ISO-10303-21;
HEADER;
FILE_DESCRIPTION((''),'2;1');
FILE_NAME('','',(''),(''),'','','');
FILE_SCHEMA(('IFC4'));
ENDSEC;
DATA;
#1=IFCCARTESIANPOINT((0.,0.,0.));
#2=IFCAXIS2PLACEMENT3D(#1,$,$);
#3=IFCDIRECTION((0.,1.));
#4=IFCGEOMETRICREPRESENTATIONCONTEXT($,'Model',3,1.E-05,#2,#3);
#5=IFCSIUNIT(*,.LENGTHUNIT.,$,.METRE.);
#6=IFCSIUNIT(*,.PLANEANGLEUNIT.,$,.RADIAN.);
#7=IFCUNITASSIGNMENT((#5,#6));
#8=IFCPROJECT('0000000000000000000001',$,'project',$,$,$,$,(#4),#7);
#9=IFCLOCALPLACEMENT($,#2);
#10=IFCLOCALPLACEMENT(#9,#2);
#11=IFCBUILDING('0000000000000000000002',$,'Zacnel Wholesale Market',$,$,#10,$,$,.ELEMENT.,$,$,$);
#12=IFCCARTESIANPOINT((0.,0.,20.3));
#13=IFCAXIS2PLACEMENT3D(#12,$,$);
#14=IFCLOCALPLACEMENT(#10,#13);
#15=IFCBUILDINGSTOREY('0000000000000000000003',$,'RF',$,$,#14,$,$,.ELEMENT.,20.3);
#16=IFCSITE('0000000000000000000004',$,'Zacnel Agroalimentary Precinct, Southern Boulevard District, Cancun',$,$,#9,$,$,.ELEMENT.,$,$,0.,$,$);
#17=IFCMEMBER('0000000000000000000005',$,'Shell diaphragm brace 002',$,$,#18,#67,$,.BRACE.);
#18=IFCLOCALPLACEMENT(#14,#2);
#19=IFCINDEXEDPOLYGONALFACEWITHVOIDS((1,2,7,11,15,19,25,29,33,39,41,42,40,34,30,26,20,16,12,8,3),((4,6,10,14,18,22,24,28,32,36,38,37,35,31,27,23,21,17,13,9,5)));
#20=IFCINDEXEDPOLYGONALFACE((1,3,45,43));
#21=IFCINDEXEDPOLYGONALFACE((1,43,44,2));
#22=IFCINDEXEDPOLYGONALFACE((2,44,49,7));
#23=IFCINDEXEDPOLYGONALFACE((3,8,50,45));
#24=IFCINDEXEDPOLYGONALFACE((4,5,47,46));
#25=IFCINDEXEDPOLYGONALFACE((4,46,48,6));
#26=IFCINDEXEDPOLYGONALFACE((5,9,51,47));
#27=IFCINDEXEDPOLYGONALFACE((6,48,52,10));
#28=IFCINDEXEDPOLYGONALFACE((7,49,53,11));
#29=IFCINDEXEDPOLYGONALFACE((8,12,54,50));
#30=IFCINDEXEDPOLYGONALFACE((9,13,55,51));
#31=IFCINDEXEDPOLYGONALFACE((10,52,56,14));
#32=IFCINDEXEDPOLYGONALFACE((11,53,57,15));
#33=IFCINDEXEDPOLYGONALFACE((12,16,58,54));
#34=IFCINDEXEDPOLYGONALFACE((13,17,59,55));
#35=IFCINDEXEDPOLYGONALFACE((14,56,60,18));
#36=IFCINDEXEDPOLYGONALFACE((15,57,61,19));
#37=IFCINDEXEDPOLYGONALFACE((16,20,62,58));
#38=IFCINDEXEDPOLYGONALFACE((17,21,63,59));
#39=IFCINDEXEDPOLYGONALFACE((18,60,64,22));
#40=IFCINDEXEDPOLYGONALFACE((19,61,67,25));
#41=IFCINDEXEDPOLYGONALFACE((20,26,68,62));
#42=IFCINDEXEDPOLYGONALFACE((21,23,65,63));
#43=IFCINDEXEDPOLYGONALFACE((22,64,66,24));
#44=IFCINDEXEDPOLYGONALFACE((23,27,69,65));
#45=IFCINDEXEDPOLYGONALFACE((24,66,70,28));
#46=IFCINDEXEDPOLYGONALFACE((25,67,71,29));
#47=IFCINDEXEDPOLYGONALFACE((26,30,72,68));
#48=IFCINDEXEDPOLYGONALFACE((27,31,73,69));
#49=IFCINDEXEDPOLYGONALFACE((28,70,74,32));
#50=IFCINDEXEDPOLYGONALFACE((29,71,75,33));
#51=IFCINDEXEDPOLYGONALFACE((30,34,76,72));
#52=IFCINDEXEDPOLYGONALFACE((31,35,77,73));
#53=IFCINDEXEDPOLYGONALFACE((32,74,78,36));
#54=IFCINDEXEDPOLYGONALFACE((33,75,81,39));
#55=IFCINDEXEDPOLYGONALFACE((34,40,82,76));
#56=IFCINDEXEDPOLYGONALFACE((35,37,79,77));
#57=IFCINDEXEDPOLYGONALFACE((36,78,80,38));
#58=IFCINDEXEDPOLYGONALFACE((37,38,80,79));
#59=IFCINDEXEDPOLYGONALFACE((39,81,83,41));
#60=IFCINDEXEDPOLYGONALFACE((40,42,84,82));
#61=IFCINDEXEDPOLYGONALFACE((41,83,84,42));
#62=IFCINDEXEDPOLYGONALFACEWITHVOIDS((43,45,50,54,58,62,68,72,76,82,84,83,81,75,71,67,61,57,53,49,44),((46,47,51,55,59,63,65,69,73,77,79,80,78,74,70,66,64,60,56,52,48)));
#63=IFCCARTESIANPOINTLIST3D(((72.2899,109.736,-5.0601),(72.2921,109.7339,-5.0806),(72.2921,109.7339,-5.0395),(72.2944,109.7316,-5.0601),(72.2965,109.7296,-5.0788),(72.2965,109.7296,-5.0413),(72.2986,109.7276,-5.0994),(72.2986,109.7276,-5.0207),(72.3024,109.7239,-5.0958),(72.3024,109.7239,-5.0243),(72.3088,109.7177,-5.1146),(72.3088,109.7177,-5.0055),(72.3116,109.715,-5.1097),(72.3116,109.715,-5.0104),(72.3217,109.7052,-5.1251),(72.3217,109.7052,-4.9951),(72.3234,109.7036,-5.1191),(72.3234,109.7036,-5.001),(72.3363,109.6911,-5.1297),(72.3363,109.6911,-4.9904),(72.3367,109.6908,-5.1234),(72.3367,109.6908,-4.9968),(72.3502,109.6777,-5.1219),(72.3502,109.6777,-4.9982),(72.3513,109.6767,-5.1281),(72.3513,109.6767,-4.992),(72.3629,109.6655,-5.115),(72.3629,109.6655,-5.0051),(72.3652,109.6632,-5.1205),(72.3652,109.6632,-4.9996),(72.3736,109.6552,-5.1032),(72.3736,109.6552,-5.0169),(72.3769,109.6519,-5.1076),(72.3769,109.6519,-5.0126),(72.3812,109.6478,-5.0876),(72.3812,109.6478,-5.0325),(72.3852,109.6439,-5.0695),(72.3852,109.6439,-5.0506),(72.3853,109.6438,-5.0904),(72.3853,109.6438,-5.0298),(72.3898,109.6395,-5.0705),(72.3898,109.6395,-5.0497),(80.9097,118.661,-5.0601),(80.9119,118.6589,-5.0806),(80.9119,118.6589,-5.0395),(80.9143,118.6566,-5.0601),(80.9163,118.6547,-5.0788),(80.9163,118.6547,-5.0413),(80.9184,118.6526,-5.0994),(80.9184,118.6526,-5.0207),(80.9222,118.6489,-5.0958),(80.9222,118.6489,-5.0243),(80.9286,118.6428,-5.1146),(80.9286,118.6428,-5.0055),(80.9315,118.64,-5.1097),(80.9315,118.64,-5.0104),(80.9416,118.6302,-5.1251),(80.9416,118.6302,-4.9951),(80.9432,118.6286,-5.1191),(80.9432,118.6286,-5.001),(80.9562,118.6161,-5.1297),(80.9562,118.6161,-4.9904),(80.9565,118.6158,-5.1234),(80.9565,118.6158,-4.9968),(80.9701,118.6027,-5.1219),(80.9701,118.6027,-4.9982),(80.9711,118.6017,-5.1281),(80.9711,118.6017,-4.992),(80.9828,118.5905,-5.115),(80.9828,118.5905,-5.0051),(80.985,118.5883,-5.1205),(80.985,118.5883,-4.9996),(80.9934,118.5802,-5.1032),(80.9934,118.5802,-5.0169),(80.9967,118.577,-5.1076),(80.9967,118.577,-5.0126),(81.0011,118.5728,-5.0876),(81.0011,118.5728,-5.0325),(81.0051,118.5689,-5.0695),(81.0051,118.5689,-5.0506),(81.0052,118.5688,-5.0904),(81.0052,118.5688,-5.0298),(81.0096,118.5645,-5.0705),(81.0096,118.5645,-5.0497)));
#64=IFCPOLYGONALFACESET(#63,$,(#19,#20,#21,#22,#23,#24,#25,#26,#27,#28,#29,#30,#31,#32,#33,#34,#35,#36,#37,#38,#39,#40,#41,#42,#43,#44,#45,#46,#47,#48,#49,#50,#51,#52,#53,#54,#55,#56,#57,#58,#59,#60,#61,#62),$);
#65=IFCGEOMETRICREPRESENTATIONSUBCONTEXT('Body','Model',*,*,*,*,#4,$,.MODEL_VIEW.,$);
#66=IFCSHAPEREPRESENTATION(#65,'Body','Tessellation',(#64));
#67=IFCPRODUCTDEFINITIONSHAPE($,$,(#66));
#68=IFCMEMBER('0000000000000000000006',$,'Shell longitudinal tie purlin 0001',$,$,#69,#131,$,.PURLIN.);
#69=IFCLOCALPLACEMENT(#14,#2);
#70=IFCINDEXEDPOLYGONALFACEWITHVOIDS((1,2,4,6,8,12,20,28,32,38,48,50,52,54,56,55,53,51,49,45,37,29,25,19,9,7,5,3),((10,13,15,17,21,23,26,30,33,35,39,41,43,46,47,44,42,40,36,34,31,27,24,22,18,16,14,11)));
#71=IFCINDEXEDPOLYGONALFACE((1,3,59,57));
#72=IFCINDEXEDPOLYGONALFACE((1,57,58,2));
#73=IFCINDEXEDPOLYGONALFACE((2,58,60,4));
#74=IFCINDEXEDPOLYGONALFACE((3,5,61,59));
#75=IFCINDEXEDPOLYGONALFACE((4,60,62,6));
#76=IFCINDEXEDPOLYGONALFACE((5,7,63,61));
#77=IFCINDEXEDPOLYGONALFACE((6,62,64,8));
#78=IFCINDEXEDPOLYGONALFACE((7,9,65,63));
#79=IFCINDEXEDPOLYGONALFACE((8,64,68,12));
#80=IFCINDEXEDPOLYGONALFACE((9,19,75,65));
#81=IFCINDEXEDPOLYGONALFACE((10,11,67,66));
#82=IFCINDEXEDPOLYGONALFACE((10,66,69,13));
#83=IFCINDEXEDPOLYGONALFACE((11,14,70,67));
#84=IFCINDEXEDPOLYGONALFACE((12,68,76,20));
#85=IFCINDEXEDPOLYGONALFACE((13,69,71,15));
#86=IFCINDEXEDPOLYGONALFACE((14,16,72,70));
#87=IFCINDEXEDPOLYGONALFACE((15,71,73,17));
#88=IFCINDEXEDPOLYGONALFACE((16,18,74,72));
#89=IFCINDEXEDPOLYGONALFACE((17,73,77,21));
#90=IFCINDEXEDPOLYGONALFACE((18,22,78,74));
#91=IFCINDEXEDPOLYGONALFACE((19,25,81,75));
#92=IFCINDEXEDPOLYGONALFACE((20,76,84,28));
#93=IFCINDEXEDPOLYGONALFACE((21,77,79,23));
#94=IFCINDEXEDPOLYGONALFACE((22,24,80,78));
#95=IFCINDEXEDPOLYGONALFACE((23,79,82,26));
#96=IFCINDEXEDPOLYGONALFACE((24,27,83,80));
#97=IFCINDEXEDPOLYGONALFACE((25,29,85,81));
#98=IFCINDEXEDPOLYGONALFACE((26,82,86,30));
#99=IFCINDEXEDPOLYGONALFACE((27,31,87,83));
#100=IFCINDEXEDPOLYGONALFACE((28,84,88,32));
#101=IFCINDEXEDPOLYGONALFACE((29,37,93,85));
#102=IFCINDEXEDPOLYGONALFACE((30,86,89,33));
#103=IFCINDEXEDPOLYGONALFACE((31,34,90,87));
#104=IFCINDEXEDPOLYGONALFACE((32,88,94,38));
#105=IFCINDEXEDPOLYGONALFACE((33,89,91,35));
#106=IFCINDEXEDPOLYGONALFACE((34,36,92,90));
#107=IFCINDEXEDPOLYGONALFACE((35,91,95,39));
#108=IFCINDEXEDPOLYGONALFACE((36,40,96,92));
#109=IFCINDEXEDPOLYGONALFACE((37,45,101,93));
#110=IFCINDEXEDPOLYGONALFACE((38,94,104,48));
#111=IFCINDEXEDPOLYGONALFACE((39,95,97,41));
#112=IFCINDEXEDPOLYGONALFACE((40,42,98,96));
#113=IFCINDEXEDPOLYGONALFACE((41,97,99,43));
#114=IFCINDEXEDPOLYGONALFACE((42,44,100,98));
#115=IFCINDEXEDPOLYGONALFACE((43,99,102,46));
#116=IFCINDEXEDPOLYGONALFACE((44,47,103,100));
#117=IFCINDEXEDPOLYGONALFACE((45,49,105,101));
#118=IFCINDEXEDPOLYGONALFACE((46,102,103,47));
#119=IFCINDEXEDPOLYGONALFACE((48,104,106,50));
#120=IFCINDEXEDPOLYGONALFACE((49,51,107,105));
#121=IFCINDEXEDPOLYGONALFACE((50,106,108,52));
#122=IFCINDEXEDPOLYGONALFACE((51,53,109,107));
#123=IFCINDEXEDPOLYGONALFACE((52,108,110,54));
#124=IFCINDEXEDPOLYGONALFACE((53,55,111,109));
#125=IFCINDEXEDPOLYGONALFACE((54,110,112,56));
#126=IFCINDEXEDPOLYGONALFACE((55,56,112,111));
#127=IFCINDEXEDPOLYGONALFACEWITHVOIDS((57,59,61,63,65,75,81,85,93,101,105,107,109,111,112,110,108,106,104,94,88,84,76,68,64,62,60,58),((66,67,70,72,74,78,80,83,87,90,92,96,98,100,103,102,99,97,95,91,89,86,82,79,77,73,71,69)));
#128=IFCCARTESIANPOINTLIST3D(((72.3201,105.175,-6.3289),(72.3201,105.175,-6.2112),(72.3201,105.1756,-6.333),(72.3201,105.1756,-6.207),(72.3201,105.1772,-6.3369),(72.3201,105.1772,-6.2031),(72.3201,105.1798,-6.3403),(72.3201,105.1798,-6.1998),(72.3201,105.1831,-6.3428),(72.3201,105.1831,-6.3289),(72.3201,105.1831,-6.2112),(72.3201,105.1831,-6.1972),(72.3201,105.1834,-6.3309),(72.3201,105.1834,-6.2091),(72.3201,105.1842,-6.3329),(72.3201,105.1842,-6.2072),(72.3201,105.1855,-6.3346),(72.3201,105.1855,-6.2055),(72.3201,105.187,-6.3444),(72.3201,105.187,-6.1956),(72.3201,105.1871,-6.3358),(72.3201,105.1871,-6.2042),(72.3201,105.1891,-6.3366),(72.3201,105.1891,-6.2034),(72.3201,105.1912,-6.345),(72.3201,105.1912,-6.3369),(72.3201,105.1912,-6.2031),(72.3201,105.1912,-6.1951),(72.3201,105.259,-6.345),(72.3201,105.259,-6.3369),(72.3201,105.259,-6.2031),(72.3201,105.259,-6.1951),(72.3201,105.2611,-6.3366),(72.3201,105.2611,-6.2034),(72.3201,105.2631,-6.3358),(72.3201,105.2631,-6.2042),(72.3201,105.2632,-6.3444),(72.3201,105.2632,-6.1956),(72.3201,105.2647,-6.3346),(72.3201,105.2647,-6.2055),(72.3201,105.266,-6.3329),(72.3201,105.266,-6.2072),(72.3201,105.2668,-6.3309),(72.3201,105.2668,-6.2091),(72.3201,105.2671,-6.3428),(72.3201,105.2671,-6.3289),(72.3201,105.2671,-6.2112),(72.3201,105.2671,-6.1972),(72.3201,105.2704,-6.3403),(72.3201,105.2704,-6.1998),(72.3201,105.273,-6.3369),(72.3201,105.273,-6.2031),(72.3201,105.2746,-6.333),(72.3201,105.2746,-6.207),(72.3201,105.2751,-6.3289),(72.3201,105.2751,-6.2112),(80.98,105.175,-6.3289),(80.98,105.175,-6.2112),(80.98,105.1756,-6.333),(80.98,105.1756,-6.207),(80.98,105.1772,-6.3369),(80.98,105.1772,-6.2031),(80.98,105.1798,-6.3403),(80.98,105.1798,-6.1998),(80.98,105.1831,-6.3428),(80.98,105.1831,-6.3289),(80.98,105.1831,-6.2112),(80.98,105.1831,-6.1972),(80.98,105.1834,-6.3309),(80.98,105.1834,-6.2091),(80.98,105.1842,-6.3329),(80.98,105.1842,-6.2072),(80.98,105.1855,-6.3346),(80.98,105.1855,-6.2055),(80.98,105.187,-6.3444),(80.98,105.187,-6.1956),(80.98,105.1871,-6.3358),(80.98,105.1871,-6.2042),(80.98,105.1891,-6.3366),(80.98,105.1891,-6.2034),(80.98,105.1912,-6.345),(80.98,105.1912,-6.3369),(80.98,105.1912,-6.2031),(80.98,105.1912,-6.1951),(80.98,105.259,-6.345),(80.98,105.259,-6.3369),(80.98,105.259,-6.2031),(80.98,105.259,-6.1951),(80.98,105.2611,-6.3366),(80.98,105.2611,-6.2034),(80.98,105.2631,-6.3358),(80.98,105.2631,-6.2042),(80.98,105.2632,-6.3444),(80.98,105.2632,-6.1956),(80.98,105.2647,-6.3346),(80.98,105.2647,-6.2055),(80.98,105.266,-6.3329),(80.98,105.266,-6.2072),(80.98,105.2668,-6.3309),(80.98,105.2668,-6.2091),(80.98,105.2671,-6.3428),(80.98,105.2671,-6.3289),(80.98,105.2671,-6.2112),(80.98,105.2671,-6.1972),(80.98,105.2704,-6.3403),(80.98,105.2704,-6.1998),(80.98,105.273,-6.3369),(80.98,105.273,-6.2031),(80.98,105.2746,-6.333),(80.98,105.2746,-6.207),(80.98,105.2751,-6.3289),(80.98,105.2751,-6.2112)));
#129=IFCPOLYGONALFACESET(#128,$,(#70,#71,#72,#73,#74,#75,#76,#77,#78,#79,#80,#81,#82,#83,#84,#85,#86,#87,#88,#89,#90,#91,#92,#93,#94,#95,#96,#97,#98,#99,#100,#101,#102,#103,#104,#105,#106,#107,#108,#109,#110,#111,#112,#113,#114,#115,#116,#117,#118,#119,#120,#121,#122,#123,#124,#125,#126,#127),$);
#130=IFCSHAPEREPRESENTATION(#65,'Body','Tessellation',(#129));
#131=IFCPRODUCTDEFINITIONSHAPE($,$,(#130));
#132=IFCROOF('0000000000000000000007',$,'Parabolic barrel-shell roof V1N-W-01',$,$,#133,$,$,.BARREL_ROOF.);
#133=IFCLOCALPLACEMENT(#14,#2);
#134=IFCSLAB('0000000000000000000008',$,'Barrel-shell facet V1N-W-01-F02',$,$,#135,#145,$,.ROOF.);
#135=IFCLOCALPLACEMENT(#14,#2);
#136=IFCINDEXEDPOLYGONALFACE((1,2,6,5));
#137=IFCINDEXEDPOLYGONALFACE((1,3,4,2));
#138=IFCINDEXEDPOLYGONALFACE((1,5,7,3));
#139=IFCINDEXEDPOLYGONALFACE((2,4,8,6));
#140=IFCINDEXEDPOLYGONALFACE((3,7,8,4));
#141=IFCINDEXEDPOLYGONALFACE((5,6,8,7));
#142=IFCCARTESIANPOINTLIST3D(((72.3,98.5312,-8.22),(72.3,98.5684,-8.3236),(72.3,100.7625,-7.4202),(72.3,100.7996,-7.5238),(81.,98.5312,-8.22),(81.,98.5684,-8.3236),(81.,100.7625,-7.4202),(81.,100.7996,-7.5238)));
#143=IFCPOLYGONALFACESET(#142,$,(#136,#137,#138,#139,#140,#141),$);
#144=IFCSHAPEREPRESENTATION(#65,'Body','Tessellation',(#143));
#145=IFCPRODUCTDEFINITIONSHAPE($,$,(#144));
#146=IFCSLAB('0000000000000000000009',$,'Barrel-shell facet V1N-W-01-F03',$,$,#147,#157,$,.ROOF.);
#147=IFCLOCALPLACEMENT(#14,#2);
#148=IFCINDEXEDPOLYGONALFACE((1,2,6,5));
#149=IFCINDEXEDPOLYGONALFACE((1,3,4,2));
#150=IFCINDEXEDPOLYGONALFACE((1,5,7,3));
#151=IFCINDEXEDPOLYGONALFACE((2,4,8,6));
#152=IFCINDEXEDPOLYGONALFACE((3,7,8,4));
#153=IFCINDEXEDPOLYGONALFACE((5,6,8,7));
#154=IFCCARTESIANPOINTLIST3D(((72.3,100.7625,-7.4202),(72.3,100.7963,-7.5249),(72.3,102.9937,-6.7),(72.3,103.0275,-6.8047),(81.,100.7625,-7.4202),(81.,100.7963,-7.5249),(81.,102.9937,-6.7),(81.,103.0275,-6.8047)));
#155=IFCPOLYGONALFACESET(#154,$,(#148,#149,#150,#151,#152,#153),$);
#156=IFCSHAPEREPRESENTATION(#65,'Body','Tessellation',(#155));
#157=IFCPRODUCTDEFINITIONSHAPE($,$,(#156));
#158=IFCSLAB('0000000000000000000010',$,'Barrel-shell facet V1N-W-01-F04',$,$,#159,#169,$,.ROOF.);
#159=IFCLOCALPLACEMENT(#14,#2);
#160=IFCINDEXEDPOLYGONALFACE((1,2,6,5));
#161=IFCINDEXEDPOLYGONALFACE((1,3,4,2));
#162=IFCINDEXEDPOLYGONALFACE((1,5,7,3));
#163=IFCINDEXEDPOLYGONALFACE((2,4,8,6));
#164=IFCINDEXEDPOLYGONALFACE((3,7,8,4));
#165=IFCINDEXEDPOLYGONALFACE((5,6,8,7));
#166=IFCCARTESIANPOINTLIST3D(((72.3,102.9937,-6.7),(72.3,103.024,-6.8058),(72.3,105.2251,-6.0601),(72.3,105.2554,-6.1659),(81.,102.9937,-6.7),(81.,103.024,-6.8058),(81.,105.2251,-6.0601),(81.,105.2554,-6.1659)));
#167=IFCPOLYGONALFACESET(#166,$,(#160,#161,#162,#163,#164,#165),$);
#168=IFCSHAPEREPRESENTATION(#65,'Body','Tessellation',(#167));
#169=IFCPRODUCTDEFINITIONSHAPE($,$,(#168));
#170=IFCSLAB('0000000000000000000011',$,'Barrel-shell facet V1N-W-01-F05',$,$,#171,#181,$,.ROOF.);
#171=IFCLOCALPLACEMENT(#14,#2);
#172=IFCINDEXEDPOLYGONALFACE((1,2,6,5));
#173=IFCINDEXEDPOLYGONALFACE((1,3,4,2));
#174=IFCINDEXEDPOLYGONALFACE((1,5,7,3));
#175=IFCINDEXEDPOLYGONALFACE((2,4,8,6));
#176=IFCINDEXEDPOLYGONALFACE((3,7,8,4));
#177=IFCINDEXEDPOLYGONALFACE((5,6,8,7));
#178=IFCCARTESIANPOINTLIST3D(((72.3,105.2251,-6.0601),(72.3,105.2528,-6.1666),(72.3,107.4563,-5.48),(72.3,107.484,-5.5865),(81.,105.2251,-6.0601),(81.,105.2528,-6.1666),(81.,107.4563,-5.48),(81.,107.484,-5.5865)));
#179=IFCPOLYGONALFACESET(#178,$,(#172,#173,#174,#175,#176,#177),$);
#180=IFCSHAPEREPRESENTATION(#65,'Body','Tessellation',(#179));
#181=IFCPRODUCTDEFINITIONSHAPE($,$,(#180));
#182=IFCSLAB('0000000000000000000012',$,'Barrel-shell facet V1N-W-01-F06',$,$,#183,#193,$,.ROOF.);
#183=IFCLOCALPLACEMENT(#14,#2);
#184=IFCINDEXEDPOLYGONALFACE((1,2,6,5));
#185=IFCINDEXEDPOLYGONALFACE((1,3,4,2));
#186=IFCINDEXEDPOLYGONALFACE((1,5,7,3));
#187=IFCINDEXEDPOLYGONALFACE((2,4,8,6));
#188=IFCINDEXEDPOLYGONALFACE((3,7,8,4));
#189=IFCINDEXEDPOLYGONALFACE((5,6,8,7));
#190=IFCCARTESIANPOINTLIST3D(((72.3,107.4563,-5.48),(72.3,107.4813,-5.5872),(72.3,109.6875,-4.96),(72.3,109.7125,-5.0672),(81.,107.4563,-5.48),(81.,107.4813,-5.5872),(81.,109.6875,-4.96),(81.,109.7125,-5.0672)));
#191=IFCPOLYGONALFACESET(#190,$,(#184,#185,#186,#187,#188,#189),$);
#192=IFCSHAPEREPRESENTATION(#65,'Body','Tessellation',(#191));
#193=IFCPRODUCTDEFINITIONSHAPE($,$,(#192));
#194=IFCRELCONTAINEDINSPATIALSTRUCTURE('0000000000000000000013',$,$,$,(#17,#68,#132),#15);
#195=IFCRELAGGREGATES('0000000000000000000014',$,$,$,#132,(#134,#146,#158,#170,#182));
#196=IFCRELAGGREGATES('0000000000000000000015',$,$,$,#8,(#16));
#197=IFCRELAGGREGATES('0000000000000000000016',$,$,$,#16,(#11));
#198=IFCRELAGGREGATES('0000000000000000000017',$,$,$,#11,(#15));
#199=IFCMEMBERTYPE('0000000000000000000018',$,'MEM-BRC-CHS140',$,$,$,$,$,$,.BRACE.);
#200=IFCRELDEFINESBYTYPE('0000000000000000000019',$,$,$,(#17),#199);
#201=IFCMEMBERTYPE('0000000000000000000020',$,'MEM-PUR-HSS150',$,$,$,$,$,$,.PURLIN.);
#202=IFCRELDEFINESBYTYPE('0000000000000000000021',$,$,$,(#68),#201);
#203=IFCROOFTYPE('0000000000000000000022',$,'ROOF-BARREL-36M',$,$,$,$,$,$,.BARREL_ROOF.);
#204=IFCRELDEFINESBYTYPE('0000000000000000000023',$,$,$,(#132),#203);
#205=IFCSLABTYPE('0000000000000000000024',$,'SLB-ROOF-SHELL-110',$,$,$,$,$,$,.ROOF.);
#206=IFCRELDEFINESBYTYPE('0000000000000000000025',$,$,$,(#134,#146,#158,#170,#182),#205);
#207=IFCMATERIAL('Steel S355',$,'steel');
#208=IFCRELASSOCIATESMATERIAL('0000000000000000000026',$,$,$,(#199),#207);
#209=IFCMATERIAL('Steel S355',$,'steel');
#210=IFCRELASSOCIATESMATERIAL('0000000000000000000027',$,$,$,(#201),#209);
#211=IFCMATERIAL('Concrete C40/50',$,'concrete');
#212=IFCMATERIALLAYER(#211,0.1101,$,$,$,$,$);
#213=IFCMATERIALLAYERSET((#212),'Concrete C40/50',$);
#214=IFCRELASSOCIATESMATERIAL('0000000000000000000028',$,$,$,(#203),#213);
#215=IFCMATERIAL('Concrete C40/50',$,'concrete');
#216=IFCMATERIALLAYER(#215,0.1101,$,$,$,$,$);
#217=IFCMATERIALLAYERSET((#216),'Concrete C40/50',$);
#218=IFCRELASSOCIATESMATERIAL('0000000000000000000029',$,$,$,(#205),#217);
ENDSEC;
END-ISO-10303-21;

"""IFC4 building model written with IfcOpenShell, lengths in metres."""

from ifc_helpers import new_model, si_unit, direction, frame, origin, origin_2d, place, context, subcontext, project, spatial, polyline, hollow_rectangle, hollow_circle, outline, extrude, material, layer, layer_set, material_profile, profile_set, type_object, element, aggregate, save


model = new_model("IFC4")

# Units and contexts
model_context = context("Model", 3, precision=1e-05, world=origin(), true_north=direction((0.0, 1.0)))
body_context = subcontext(model_context, "Body", "Model", "MODEL_VIEW")
ifc_project = project(units=[si_unit("LENGTHUNIT", "METRE"), si_unit("PLANEANGLEUNIT", "RADIAN")], contexts=[model_context])

# Site, building, storey
site_placement = place(None, origin())
site = spatial("IfcSite", under=ifc_project, at=site_placement, Name="Zacnel Agroalimentary Precinct, Southern Boulevard District, Cancun", CompositionType="ELEMENT", RefElevation=0.0)
building_placement = place(site_placement, origin())
building = spatial("IfcBuilding", under=site, at=building_placement, Name="Zacnel Wholesale Market", CompositionType="ELEMENT")
storey_placement = place(building_placement, frame((0.0, 0.0, 20.3)))
storey = spatial("IfcBuildingStorey", under=building, at=storey_placement, Name="RF", CompositionType="ELEMENT", Elevation=20.3)

# Members
ifc_material_1 = material(Name="Steel S355", Category="steel")
ifc_material_profile_1 = material_profile(ifc_material_1, hollow_circle(Radius=0.0698, WallThickness=0.0063, at=origin_2d()), Name="CHS 139.7x6.3")
ifc_profile_set_1 = profile_set([ifc_material_profile_1], Name="Steel S355")
member_type_1 = type_object("IfcMemberType", Name="MEM-BRC-CHS140", PredefinedType="BRACE", material=ifc_profile_set_1)
member_1_placement = place(storey_placement, frame((72.3401, 109.6875, -5.0601), z_axis=(0.694702, 0.719297, 0.0), x_axis=(-0.719297, 0.694702, 0.0)))
element("IfcMember", 1, at=member_1_placement, inside=storey, type_object=member_type_1, Name="Shell diaphragm brace 002", PredefinedType="BRACE", context=body_context, shape_type="SweptSolid", body=[
    extrude(hollow_circle(Radius=0.0698, WallThickness=0.0063, at=origin_2d()), origin(), (0.0, 0.0, 1.0), 12.408),
])
ifc_material_2 = material(Name="Steel S355", Category="steel")
ifc_material_profile_2 = material_profile(ifc_material_2, hollow_rectangle(XDim=0.1001, YDim=0.1499, WallThickness=0.0081, InnerFilletRadius=0.0081, OuterFilletRadius=0.0161, at=origin_2d()), Name="HSS 150x100x8")
ifc_profile_set_2 = profile_set([ifc_material_profile_2], Name="Steel S355")
member_type_2 = type_object("IfcMemberType", Name="MEM-PUR-HSS150", PredefinedType="PURLIN", material=ifc_profile_set_2)
member_2_placement = place(storey_placement, frame((72.3201, 105.2251, -6.27), z_axis=(1.0, 0.0, 0.0), x_axis=(0.0, 1.0, 0.0)))
element("IfcMember", 2, at=member_2_placement, inside=storey, type_object=member_type_2, Name="Shell longitudinal tie purlin 0001", PredefinedType="PURLIN", context=body_context, shape_type="SweptSolid", body=[
    extrude(hollow_rectangle(XDim=0.1001, YDim=0.1499, WallThickness=0.0081, InnerFilletRadius=0.0081, OuterFilletRadius=0.0161, at=origin_2d()), origin(), (0.0, 0.0, 1.0), 8.6599),
])

# Roof, slabs
ifc_material_3 = material(Name="Concrete C40/50", Category="concrete")
ifc_layer_1 = layer(ifc_material_3, 0.1101)
ifc_layer_set_1 = layer_set([ifc_layer_1], Name="Concrete C40/50")
roof_type = type_object("IfcRoofType", Name="ROOF-BARREL-36M", PredefinedType="BARREL_ROOF", material=ifc_layer_set_1)
roof_1_placement = place(storey_placement, origin())
roof_1 = element("IfcRoof", 3, at=roof_1_placement, inside=storey, type_object=roof_type, Name="Parabolic barrel-shell roof V1N-W-01", PredefinedType="BARREL_ROOF")
ifc_material_4 = material(Name="Concrete C40/50", Category="concrete")
ifc_layer_2 = layer(ifc_material_4, 0.1101)
ifc_layer_set_2 = layer_set([ifc_layer_2], Name="Concrete C40/50")
slab_type = type_object("IfcSlabType", Name="SLB-ROOF-SHELL-110", PredefinedType="ROOF", material=ifc_layer_set_2)
slab_1_placement = place(storey_placement, frame((72.3, 98.5312, -8.22), z_axis=(0.0, -0.337439, 0.941347), x_axis=(1.0, 0.0, 0.0)))
slab_1 = element("IfcSlab", 4, at=slab_1_placement, type_object=slab_type, Name="Barrel-shell facet V1N-W-01-F02", PredefinedType="ROOF", context=body_context, shape_type="SweptSolid", body=[
    extrude(outline(polyline([(0.0, 0.0), (8.7, 0.0), (8.7, 2.3702), (0.0, 2.3702), (0.0, 0.0)])), origin(), (0.0, 0.0, -1.0), 0.1101),
])
slab_2_placement = place(storey_placement, frame((72.3, 100.7625, -7.4202), z_axis=(0.0, -0.307185, 0.95165), x_axis=(1.0, 0.0, 0.0)))
slab_2 = element("IfcSlab", 5, at=slab_2_placement, type_object=slab_type, Name="Barrel-shell facet V1N-W-01-F03", PredefinedType="ROOF", context=body_context, shape_type="SweptSolid", body=[
    extrude(outline(polyline([(0.0, 0.0), (8.7, 0.0), (8.7, 2.3446), (0.0, 2.3446), (0.0, 0.0)])), origin(), (0.0, 0.0, -1.0), 0.1101),
])
slab_3_placement = place(storey_placement, frame((72.3, 102.9937, -6.7), z_axis=(0.0, -0.275652, 0.961258), x_axis=(1.0, 0.0, 0.0)))
slab_3 = element("IfcSlab", 6, at=slab_3_placement, type_object=slab_type, Name="Barrel-shell facet V1N-W-01-F04", PredefinedType="ROOF", context=body_context, shape_type="SweptSolid", body=[
    extrude(outline(polyline([(0.0, 0.0), (8.7, 0.0), (8.7, 2.3214), (0.0, 2.3214), (0.0, 0.0)])), origin(), (0.0, 0.0, -1.0), 0.1101),
])
slab_4_placement = place(storey_placement, frame((72.3, 105.2251, -6.0601), z_axis=(0.0, -0.25162, 0.967826), x_axis=(1.0, 0.0, 0.0)))
slab_4 = element("IfcSlab", 7, at=slab_4_placement, type_object=slab_type, Name="Barrel-shell facet V1N-W-01-F05", PredefinedType="ROOF", context=body_context, shape_type="SweptSolid", body=[
    extrude(outline(polyline([(0.0, 0.0), (8.7, 0.0), (8.7, 2.3054), (0.0, 2.3054), (0.0, 0.0)])), origin(), (0.0, 0.0, -1.0), 0.1101),
])
slab_5_placement = place(storey_placement, frame((72.3, 107.4563, -5.48), z_axis=(0.0, -0.226984, 0.973899), x_axis=(1.0, 0.0, 0.0)))
slab_5 = element("IfcSlab", 8, at=slab_5_placement, type_object=slab_type, Name="Barrel-shell facet V1N-W-01-F06", PredefinedType="ROOF", context=body_context, shape_type="SweptSolid", body=[
    extrude(outline(polyline([(0.0, 0.0), (8.7, 0.0), (8.7, 2.291), (0.0, 2.291), (0.0, 0.0)])), origin(), (0.0, 0.0, -1.0), 0.1101),
])
aggregate(roof_1, [slab_1, slab_2, slab_3, slab_4, slab_5])

save(model, "model.ifc")
